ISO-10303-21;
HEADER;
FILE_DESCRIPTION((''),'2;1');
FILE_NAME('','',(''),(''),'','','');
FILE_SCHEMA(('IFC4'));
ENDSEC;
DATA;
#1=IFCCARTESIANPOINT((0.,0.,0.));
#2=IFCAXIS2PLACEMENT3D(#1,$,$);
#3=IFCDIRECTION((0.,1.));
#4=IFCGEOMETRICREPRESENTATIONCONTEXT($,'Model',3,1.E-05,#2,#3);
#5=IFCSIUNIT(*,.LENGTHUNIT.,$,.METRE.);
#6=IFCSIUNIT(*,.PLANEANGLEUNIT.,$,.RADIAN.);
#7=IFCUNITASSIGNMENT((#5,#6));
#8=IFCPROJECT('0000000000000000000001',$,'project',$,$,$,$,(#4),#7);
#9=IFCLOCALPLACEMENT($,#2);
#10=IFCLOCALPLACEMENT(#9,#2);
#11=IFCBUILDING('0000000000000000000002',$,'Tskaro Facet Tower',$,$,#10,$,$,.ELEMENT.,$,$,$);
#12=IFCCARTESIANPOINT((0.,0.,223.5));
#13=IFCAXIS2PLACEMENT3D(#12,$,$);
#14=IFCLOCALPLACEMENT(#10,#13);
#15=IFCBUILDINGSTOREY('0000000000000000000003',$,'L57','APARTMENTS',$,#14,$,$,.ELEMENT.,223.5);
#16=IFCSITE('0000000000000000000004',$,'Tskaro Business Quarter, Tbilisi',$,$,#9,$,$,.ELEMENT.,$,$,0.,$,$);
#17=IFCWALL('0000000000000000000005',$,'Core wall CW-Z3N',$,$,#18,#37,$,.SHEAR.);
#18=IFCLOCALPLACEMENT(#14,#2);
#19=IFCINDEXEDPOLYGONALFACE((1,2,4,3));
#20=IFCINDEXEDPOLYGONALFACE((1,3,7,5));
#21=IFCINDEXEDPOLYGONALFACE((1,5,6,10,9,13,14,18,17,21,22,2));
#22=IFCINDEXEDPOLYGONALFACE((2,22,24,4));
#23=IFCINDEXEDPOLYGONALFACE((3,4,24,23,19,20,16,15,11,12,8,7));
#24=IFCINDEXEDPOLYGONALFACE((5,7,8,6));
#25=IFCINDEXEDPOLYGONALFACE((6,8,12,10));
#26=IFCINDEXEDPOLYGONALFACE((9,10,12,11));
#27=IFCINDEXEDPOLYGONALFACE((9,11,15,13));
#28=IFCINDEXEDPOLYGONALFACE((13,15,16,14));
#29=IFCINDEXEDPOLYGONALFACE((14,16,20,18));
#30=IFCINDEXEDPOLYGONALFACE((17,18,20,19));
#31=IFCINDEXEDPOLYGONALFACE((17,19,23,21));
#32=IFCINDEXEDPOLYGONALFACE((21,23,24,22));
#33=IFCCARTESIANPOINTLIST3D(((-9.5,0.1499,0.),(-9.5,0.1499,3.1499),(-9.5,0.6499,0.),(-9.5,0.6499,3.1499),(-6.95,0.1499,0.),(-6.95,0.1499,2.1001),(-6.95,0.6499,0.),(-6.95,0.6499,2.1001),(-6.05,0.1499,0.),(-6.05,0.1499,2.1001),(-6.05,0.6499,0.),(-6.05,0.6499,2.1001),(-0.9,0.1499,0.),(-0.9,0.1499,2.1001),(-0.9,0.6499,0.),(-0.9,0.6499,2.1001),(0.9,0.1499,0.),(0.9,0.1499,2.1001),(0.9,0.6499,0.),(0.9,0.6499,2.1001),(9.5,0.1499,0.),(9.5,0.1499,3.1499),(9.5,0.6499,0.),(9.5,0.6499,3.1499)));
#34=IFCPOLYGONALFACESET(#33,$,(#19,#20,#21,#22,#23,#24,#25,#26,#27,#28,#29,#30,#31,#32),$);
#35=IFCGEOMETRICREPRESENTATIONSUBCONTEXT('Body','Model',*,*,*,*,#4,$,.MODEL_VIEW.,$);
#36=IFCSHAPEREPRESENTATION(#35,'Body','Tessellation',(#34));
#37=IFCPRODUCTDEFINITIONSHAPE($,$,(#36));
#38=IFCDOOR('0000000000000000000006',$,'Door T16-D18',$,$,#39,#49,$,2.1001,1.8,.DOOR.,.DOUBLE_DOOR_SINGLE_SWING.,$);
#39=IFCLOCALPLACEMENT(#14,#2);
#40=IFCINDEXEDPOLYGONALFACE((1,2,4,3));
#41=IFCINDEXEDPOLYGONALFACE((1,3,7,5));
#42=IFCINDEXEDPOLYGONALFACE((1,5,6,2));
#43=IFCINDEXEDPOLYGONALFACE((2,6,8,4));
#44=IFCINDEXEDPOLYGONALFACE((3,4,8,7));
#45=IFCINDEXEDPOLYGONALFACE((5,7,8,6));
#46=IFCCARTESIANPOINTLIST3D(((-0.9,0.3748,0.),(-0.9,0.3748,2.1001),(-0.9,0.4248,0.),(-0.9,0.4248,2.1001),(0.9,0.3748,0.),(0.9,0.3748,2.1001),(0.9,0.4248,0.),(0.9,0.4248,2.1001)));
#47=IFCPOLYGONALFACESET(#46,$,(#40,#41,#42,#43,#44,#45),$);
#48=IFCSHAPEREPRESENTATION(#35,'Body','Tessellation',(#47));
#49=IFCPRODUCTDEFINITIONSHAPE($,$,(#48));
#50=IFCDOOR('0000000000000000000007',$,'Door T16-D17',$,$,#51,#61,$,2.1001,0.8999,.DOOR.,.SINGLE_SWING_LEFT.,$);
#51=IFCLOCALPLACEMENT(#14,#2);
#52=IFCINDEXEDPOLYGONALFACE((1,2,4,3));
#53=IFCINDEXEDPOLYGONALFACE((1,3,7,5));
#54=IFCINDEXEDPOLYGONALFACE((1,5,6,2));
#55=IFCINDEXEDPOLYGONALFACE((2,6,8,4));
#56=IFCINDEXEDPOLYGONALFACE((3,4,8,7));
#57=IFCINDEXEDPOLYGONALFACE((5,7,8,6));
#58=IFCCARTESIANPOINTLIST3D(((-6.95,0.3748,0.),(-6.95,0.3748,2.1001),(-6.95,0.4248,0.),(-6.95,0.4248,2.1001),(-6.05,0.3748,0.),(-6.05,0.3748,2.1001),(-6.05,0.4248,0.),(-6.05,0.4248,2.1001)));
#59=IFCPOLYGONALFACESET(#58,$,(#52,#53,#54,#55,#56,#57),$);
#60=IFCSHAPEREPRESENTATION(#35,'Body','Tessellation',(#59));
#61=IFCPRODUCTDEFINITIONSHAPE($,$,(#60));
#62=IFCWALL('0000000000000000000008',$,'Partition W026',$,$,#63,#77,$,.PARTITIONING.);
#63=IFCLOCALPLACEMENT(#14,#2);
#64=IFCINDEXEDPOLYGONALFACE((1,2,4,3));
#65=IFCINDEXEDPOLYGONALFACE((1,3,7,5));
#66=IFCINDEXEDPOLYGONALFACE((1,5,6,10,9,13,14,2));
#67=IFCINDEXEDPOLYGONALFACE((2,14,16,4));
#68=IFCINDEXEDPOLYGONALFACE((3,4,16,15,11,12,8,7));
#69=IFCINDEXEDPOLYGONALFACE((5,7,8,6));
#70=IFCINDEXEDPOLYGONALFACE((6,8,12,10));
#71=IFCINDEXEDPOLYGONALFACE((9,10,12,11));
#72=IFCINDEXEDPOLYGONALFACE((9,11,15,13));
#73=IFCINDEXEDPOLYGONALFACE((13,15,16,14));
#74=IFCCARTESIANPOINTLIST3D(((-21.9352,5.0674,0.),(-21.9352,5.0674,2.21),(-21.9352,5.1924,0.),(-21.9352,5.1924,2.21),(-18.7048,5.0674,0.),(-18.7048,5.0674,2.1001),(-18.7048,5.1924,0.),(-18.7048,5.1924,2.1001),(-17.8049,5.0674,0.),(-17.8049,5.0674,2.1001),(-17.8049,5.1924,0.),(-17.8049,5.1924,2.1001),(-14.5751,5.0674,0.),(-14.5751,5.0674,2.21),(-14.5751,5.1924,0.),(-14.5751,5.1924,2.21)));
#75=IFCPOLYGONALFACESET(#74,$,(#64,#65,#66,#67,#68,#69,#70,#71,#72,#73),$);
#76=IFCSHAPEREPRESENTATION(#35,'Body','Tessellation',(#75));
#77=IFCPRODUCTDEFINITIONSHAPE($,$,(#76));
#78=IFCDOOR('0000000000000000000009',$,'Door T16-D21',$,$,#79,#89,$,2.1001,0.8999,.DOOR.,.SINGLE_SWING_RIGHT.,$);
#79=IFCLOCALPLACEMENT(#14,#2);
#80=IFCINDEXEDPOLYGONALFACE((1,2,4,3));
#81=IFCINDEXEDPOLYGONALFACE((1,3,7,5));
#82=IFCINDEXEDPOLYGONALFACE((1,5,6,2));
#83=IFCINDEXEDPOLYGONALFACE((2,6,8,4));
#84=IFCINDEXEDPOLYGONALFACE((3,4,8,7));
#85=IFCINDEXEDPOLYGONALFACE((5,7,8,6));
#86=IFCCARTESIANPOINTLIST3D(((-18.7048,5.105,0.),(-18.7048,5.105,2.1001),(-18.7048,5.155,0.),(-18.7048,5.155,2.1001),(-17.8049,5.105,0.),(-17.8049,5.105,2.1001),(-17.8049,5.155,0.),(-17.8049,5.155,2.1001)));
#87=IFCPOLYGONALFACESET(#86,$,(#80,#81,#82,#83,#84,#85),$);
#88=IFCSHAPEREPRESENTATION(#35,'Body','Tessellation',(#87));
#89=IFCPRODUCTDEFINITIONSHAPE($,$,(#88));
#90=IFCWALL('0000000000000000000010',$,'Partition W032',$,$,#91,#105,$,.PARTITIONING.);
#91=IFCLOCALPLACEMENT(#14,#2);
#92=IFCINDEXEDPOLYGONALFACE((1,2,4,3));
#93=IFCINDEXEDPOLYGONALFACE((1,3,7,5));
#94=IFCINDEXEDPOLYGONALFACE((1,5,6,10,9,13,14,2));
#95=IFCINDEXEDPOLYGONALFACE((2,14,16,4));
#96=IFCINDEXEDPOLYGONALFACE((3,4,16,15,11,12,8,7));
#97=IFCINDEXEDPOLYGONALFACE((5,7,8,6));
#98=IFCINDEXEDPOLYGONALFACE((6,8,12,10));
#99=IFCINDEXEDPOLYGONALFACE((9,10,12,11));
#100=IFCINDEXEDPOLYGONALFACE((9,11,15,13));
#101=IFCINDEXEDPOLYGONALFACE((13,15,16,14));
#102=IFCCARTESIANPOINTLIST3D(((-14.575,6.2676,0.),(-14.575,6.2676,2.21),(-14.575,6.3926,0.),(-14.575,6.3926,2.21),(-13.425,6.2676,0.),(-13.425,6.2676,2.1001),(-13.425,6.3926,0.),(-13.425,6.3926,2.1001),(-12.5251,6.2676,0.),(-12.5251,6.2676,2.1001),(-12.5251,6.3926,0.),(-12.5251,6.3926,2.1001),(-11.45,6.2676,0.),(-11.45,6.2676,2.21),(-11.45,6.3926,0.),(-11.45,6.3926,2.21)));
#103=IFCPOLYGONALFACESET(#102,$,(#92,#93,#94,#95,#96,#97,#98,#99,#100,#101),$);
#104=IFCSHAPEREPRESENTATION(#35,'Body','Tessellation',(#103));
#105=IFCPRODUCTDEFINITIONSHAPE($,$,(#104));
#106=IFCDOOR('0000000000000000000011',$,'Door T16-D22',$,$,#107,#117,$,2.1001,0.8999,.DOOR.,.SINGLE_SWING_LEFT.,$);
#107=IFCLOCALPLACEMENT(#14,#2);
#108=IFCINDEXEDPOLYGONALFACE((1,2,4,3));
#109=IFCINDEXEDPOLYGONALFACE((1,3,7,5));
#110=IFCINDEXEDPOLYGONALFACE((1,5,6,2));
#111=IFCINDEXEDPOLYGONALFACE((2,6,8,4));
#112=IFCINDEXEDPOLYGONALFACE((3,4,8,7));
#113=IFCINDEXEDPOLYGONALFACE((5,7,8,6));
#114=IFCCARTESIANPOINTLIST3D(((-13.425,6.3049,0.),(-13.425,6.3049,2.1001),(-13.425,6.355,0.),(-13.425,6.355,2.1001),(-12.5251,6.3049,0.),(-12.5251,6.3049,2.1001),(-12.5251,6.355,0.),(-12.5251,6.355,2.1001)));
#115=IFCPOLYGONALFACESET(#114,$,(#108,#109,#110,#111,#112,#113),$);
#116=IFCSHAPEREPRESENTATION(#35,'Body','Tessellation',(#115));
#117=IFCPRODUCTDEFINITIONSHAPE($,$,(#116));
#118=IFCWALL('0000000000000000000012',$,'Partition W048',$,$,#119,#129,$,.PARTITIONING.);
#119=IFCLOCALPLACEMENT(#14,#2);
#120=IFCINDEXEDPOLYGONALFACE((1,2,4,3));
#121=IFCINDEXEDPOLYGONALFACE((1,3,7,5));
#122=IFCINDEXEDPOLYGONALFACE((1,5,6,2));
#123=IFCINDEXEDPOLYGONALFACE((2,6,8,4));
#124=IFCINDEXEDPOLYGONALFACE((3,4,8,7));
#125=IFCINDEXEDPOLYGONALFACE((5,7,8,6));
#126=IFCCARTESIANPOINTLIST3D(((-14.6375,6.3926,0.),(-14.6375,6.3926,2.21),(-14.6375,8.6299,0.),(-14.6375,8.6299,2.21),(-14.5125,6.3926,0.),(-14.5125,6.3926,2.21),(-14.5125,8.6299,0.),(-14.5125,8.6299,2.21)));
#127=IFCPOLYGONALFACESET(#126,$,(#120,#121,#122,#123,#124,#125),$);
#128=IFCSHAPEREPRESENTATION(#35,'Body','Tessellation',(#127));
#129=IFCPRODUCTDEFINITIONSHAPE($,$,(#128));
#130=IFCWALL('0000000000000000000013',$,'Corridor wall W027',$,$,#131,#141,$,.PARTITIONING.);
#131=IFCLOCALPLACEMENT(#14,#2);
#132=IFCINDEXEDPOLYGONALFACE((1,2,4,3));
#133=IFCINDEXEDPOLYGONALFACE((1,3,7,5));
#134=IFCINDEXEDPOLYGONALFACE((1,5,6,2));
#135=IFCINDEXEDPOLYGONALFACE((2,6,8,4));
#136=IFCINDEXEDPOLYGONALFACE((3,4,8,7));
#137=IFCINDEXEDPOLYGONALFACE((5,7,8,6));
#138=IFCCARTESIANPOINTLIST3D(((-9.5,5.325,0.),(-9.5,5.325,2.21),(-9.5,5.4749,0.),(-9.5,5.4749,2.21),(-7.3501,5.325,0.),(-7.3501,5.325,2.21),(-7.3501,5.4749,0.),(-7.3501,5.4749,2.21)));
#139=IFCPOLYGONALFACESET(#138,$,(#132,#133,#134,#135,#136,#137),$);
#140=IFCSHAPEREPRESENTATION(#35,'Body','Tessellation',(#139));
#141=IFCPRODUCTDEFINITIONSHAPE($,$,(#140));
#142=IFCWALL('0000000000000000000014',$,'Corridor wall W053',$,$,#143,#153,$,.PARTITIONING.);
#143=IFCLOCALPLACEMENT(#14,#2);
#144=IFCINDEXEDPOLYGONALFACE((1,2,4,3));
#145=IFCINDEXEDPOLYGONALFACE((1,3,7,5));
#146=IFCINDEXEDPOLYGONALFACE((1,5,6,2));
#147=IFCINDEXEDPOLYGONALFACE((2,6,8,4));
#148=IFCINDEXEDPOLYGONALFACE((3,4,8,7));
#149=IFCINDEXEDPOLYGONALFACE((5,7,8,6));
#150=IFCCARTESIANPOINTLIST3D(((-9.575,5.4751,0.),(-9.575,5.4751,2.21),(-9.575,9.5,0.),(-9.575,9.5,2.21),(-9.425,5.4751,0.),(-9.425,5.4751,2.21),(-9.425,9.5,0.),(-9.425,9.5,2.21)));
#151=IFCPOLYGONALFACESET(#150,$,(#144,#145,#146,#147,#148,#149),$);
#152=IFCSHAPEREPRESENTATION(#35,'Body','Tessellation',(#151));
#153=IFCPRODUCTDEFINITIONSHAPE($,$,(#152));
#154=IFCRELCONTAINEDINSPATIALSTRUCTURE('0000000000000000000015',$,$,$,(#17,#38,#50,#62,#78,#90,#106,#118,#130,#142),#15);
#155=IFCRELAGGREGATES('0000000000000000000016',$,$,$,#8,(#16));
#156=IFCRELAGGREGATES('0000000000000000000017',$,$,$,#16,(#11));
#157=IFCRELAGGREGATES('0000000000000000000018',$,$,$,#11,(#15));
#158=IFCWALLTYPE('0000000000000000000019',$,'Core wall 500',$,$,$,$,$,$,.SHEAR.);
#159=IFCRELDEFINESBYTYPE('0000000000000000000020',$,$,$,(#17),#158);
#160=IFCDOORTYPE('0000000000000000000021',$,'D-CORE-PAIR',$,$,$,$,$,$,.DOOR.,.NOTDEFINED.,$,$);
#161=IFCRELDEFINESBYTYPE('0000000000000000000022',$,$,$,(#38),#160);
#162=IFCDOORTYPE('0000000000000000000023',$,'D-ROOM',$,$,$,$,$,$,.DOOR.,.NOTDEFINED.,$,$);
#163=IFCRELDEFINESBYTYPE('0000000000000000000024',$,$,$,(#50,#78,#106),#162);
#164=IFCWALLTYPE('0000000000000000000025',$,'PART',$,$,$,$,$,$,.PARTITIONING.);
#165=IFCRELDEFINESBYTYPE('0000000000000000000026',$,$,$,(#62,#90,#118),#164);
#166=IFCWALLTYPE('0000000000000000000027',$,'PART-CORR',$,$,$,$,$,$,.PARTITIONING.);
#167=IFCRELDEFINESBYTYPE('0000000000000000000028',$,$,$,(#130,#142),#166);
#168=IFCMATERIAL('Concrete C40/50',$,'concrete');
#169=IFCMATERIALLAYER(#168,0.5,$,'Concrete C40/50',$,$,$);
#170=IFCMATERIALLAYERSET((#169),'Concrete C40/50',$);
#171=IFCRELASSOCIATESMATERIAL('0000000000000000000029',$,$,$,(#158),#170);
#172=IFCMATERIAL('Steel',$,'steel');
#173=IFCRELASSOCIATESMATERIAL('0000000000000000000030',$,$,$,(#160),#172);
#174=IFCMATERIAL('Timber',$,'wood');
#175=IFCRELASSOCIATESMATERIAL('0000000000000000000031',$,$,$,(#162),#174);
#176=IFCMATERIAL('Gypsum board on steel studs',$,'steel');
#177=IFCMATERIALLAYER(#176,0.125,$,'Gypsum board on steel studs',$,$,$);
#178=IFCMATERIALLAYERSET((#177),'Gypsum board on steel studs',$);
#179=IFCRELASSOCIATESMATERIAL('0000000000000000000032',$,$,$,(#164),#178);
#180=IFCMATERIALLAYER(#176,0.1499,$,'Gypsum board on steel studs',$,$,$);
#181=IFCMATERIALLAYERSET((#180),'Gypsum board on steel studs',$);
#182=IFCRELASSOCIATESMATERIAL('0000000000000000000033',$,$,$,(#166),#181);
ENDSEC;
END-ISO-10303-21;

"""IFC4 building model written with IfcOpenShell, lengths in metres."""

from ifc_helpers import new_model, si_unit, direction, frame, frame_2d, origin, place, context, subcontext, project, spatial, rectangle, extrude, material, layer, layer_set, type_object, element, fill, save


model = new_model("IFC4")

# Units and contexts
model_context = context("Model", 3, precision=1e-05, world=origin(), true_north=direction((0.0, 1.0)))
body_context = subcontext(model_context, "Body", "Model", "MODEL_VIEW")
ifc_project = project(units=[si_unit("LENGTHUNIT", "METRE"), si_unit("PLANEANGLEUNIT", "RADIAN")], contexts=[model_context])

# Site, building, storey
site_placement = place(None, origin())
site = spatial("IfcSite", under=ifc_project, at=site_placement, Name="Tskaro Business Quarter, Tbilisi", CompositionType="ELEMENT", RefElevation=0.0)
building_placement = place(site_placement, origin())
building = spatial("IfcBuilding", under=site, at=building_placement, Name="Tskaro Facet Tower", CompositionType="ELEMENT")
storey_placement = place(building_placement, frame((0.0, 0.0, 223.5)))
storey = spatial("IfcBuildingStorey", under=building, at=storey_placement, Name="L57", Description="APARTMENTS", CompositionType="ELEMENT", Elevation=223.5)

# Wall, openings, doors
ifc_material_1 = material(Name="Concrete C40/50", Category="concrete")
ifc_layer_1 = layer(ifc_material_1, 0.5, Name="Concrete C40/50")
ifc_layer_set_1 = layer_set([ifc_layer_1], Name="Concrete C40/50")
wall_type_1 = type_object("IfcWallType", Name="Core wall 500", PredefinedType="SHEAR", material=ifc_layer_set_1)
wall_1_placement = place(storey_placement, frame((-9.5, 0.3999, 0.0), z_axis=(0.0, 0.0, 1.0), x_axis=(1.0, 0.0, 0.0)))
wall_1 = element("IfcWall", 1, at=wall_1_placement, inside=storey, type_object=wall_type_1, Name="Core wall CW-Z3N", PredefinedType="SHEAR", context=body_context, shape_type="SweptSolid", body=[
    extrude(rectangle(XDim=19.0, YDim=0.5, at=frame_2d((9.5, 0.0))), origin(), (0.0, 0.0, 1.0), 3.1499),
])
opening_1_placement = place(wall_1_placement, frame((8.6001, 0.0, 0.0)))
opening_1 = element("IfcOpeningElement", 2, at=opening_1_placement, cuts=wall_1, PredefinedType="OPENING", context=body_context, shape_type="SweptSolid", body=[
    extrude(rectangle(XDim=1.8, YDim=2.1001, at=frame_2d((0.8999, 1.05))), frame((0.0, 0.26, 0.0), z_axis=(0.0, -1.0, 0.0), x_axis=(1.0, 0.0, 0.0)), (0.0, 0.0, 1.0), 0.52),
])
opening_2_placement = place(wall_1_placement, frame((2.55, 0.0, 0.0)))
opening_2 = element("IfcOpeningElement", 3, at=opening_2_placement, cuts=wall_1, PredefinedType="OPENING", context=body_context, shape_type="SweptSolid", body=[
    extrude(rectangle(XDim=0.8999, YDim=2.1001, at=frame_2d((0.45, 1.05))), frame((0.0, 0.26, 0.0), z_axis=(0.0, -1.0, 0.0), x_axis=(1.0, 0.0, 0.0)), (0.0, 0.0, 1.0), 0.52),
])
ifc_material_2 = material(Name="Steel", Category="steel")
door_type_1 = type_object("IfcDoorType", Name="D-CORE-PAIR", OperationType="NOTDEFINED", PredefinedType="DOOR", material=ifc_material_2)
door_1_placement = place(opening_1_placement, origin())
door_1 = element("IfcDoor", 4, at=door_1_placement, inside=storey, type_object=door_type_1, Name="Door T16-D18", OperationType="DOUBLE_DOOR_SINGLE_SWING", OverallHeight=2.1001, OverallWidth=1.8, PredefinedType="DOOR", context=body_context, shape_type="SweptSolid", body=[
    extrude(rectangle(XDim=1.8, YDim=2.1001, at=frame_2d((0.8999, 1.05))), frame((0.0, 0.0249, 0.0), z_axis=(0.0, -1.0, 0.0), x_axis=(1.0, 0.0, 0.0)), (0.0, 0.0, 1.0), 0.05),
])
fill(opening_1, door_1)
ifc_material_3 = material(Name="Timber", Category="wood")
door_type_2 = type_object("IfcDoorType", Name="D-ROOM", OperationType="NOTDEFINED", PredefinedType="DOOR", material=ifc_material_3)
door_2_placement = place(opening_2_placement, origin())
door_2 = element("IfcDoor", 5, at=door_2_placement, inside=storey, type_object=door_type_2, Name="Door T16-D17", OperationType="SINGLE_SWING_LEFT", OverallHeight=2.1001, OverallWidth=0.8999, PredefinedType="DOOR", context=body_context, shape_type="SweptSolid", body=[
    extrude(rectangle(XDim=0.8999, YDim=2.1001, at=frame_2d((0.45, 1.05))), frame((0.0, 0.0249, 0.0), z_axis=(0.0, -1.0, 0.0), x_axis=(1.0, 0.0, 0.0)), (0.0, 0.0, 1.0), 0.05),
])
fill(opening_2, door_2)

# Walls, openings, doors
ifc_material_4 = material(Name="Gypsum board on steel studs", Category="steel")
ifc_layer_2 = layer(ifc_material_4, 0.125, Name="Gypsum board on steel studs")
ifc_layer_set_2 = layer_set([ifc_layer_2], Name="Gypsum board on steel studs")
wall_type_2 = type_object("IfcWallType", Name="PART", PredefinedType="PARTITIONING", material=ifc_layer_set_2)
wall_2_placement = place(storey_placement, frame((-14.575, 5.1299, 0.0), z_axis=(0.0, 0.0, 1.0), x_axis=(-1.0, 0.0, 0.0)))
wall_2 = element("IfcWall", 6, at=wall_2_placement, inside=storey, type_object=wall_type_2, Name="Partition W026", PredefinedType="PARTITIONING", context=body_context, shape_type="SweptSolid", body=[
    extrude(rectangle(XDim=7.3601, YDim=0.125, at=frame_2d((3.6802, 0.0))), origin(), (0.0, 0.0, 1.0), 2.21),
])
opening_3_placement = place(wall_2_placement, frame((3.23, 0.0, 0.0)))
opening_3 = element("IfcOpeningElement", 7, at=opening_3_placement, cuts=wall_2, PredefinedType="OPENING", context=body_context, shape_type="SweptSolid", body=[
    extrude(rectangle(XDim=0.8999, YDim=2.1001, at=frame_2d((0.45, 1.05))), frame((0.0, 0.0725, 0.0), z_axis=(0.0, -1.0, 0.0), x_axis=(1.0, 0.0, 0.0)), (0.0, 0.0, 1.0), 0.145),
])
door_3_placement = place(opening_3_placement, origin())
door_3 = element("IfcDoor", 8, at=door_3_placement, inside=storey, type_object=door_type_2, Name="Door T16-D21", OperationType="SINGLE_SWING_RIGHT", OverallHeight=2.1001, OverallWidth=0.8999, PredefinedType="DOOR", context=body_context, shape_type="SweptSolid", body=[
    extrude(rectangle(XDim=0.8999, YDim=2.1001, at=frame_2d((0.45, 1.05))), frame((0.0, 0.0249, 0.0), z_axis=(0.0, -1.0, 0.0), x_axis=(1.0, 0.0, 0.0)), (0.0, 0.0, 1.0), 0.05),
])
fill(opening_3, door_3)
wall_3_placement = place(storey_placement, frame((-14.575, 6.3301, 0.0), z_axis=(0.0, 0.0, 1.0), x_axis=(1.0, 0.0, 0.0)))
wall_3 = element("IfcWall", 9, at=wall_3_placement, inside=storey, type_object=wall_type_2, Name="Partition W032", PredefinedType="PARTITIONING", context=body_context, shape_type="SweptSolid", body=[
    extrude(rectangle(XDim=3.125, YDim=0.125, at=frame_2d((1.5625, 0.0))), origin(), (0.0, 0.0, 1.0), 2.21),
])
opening_4_placement = place(wall_3_placement, frame((1.1499, 0.0, 0.0)))
opening_4 = element("IfcOpeningElement", 10, at=opening_4_placement, cuts=wall_3, PredefinedType="OPENING", context=body_context, shape_type="SweptSolid", body=[
    extrude(rectangle(XDim=0.8999, YDim=2.1001, at=frame_2d((0.45, 1.05))), frame((0.0, 0.0725, 0.0), z_axis=(0.0, -1.0, 0.0), x_axis=(1.0, 0.0, 0.0)), (0.0, 0.0, 1.0), 0.145),
])
door_4_placement = place(opening_4_placement, origin())
door_4 = element("IfcDoor", 11, at=door_4_placement, inside=storey, type_object=door_type_2, Name="Door T16-D22", OperationType="SINGLE_SWING_LEFT", OverallHeight=2.1001, OverallWidth=0.8999, PredefinedType="DOOR", context=body_context, shape_type="SweptSolid", body=[
    extrude(rectangle(XDim=0.8999, YDim=2.1001, at=frame_2d((0.45, 1.05))), frame((0.0, 0.0249, 0.0), z_axis=(0.0, -1.0, 0.0), x_axis=(1.0, 0.0, 0.0)), (0.0, 0.0, 1.0), 0.05),
])
fill(opening_4, door_4)

# Walls
wall_4_placement = place(storey_placement, frame((-14.575, 6.3926, 0.0), z_axis=(0.0, 0.0, 1.0), x_axis=(0.0, 1.0, 0.0)))
element("IfcWall", 12, at=wall_4_placement, inside=storey, type_object=wall_type_2, Name="Partition W048", PredefinedType="PARTITIONING", context=body_context, shape_type="SweptSolid", body=[
    extrude(rectangle(XDim=2.2373, YDim=0.125, at=frame_2d((1.1187, 0.0))), origin(), (0.0, 0.0, 1.0), 2.21),
])
ifc_layer_3 = layer(ifc_material_4, 0.1499, Name="Gypsum board on steel studs")
ifc_layer_set_3 = layer_set([ifc_layer_3], Name="Gypsum board on steel studs")
wall_type_3 = type_object("IfcWallType", Name="PART-CORR", PredefinedType="PARTITIONING", material=ifc_layer_set_3)
wall_5_placement = place(storey_placement, frame((-9.5, 5.3999, 0.0), z_axis=(0.0, 0.0, 1.0), x_axis=(1.0, 0.0, 0.0)))
element("IfcWall", 13, at=wall_5_placement, inside=storey, type_object=wall_type_3, Name="Corridor wall W027", PredefinedType="PARTITIONING", context=body_context, shape_type="SweptSolid", body=[
    extrude(rectangle(XDim=2.1499, YDim=0.1499, at=frame_2d((1.075, 0.0))), origin(), (0.0, 0.0, 1.0), 2.21),
])
wall_6_placement = place(storey_placement, frame((-9.5, 5.4751, 0.0), z_axis=(0.0, 0.0, 1.0), x_axis=(0.0, 1.0, 0.0)))
element("IfcWall", 14, at=wall_6_placement, inside=storey, type_object=wall_type_3, Name="Corridor wall W053", PredefinedType="PARTITIONING", context=body_context, shape_type="SweptSolid", body=[
    extrude(rectangle(XDim=4.0249, YDim=0.1499, at=frame_2d((2.0125, 0.0))), origin(), (0.0, 0.0, 1.0), 2.21),
])

save(model, "model.ifc")
